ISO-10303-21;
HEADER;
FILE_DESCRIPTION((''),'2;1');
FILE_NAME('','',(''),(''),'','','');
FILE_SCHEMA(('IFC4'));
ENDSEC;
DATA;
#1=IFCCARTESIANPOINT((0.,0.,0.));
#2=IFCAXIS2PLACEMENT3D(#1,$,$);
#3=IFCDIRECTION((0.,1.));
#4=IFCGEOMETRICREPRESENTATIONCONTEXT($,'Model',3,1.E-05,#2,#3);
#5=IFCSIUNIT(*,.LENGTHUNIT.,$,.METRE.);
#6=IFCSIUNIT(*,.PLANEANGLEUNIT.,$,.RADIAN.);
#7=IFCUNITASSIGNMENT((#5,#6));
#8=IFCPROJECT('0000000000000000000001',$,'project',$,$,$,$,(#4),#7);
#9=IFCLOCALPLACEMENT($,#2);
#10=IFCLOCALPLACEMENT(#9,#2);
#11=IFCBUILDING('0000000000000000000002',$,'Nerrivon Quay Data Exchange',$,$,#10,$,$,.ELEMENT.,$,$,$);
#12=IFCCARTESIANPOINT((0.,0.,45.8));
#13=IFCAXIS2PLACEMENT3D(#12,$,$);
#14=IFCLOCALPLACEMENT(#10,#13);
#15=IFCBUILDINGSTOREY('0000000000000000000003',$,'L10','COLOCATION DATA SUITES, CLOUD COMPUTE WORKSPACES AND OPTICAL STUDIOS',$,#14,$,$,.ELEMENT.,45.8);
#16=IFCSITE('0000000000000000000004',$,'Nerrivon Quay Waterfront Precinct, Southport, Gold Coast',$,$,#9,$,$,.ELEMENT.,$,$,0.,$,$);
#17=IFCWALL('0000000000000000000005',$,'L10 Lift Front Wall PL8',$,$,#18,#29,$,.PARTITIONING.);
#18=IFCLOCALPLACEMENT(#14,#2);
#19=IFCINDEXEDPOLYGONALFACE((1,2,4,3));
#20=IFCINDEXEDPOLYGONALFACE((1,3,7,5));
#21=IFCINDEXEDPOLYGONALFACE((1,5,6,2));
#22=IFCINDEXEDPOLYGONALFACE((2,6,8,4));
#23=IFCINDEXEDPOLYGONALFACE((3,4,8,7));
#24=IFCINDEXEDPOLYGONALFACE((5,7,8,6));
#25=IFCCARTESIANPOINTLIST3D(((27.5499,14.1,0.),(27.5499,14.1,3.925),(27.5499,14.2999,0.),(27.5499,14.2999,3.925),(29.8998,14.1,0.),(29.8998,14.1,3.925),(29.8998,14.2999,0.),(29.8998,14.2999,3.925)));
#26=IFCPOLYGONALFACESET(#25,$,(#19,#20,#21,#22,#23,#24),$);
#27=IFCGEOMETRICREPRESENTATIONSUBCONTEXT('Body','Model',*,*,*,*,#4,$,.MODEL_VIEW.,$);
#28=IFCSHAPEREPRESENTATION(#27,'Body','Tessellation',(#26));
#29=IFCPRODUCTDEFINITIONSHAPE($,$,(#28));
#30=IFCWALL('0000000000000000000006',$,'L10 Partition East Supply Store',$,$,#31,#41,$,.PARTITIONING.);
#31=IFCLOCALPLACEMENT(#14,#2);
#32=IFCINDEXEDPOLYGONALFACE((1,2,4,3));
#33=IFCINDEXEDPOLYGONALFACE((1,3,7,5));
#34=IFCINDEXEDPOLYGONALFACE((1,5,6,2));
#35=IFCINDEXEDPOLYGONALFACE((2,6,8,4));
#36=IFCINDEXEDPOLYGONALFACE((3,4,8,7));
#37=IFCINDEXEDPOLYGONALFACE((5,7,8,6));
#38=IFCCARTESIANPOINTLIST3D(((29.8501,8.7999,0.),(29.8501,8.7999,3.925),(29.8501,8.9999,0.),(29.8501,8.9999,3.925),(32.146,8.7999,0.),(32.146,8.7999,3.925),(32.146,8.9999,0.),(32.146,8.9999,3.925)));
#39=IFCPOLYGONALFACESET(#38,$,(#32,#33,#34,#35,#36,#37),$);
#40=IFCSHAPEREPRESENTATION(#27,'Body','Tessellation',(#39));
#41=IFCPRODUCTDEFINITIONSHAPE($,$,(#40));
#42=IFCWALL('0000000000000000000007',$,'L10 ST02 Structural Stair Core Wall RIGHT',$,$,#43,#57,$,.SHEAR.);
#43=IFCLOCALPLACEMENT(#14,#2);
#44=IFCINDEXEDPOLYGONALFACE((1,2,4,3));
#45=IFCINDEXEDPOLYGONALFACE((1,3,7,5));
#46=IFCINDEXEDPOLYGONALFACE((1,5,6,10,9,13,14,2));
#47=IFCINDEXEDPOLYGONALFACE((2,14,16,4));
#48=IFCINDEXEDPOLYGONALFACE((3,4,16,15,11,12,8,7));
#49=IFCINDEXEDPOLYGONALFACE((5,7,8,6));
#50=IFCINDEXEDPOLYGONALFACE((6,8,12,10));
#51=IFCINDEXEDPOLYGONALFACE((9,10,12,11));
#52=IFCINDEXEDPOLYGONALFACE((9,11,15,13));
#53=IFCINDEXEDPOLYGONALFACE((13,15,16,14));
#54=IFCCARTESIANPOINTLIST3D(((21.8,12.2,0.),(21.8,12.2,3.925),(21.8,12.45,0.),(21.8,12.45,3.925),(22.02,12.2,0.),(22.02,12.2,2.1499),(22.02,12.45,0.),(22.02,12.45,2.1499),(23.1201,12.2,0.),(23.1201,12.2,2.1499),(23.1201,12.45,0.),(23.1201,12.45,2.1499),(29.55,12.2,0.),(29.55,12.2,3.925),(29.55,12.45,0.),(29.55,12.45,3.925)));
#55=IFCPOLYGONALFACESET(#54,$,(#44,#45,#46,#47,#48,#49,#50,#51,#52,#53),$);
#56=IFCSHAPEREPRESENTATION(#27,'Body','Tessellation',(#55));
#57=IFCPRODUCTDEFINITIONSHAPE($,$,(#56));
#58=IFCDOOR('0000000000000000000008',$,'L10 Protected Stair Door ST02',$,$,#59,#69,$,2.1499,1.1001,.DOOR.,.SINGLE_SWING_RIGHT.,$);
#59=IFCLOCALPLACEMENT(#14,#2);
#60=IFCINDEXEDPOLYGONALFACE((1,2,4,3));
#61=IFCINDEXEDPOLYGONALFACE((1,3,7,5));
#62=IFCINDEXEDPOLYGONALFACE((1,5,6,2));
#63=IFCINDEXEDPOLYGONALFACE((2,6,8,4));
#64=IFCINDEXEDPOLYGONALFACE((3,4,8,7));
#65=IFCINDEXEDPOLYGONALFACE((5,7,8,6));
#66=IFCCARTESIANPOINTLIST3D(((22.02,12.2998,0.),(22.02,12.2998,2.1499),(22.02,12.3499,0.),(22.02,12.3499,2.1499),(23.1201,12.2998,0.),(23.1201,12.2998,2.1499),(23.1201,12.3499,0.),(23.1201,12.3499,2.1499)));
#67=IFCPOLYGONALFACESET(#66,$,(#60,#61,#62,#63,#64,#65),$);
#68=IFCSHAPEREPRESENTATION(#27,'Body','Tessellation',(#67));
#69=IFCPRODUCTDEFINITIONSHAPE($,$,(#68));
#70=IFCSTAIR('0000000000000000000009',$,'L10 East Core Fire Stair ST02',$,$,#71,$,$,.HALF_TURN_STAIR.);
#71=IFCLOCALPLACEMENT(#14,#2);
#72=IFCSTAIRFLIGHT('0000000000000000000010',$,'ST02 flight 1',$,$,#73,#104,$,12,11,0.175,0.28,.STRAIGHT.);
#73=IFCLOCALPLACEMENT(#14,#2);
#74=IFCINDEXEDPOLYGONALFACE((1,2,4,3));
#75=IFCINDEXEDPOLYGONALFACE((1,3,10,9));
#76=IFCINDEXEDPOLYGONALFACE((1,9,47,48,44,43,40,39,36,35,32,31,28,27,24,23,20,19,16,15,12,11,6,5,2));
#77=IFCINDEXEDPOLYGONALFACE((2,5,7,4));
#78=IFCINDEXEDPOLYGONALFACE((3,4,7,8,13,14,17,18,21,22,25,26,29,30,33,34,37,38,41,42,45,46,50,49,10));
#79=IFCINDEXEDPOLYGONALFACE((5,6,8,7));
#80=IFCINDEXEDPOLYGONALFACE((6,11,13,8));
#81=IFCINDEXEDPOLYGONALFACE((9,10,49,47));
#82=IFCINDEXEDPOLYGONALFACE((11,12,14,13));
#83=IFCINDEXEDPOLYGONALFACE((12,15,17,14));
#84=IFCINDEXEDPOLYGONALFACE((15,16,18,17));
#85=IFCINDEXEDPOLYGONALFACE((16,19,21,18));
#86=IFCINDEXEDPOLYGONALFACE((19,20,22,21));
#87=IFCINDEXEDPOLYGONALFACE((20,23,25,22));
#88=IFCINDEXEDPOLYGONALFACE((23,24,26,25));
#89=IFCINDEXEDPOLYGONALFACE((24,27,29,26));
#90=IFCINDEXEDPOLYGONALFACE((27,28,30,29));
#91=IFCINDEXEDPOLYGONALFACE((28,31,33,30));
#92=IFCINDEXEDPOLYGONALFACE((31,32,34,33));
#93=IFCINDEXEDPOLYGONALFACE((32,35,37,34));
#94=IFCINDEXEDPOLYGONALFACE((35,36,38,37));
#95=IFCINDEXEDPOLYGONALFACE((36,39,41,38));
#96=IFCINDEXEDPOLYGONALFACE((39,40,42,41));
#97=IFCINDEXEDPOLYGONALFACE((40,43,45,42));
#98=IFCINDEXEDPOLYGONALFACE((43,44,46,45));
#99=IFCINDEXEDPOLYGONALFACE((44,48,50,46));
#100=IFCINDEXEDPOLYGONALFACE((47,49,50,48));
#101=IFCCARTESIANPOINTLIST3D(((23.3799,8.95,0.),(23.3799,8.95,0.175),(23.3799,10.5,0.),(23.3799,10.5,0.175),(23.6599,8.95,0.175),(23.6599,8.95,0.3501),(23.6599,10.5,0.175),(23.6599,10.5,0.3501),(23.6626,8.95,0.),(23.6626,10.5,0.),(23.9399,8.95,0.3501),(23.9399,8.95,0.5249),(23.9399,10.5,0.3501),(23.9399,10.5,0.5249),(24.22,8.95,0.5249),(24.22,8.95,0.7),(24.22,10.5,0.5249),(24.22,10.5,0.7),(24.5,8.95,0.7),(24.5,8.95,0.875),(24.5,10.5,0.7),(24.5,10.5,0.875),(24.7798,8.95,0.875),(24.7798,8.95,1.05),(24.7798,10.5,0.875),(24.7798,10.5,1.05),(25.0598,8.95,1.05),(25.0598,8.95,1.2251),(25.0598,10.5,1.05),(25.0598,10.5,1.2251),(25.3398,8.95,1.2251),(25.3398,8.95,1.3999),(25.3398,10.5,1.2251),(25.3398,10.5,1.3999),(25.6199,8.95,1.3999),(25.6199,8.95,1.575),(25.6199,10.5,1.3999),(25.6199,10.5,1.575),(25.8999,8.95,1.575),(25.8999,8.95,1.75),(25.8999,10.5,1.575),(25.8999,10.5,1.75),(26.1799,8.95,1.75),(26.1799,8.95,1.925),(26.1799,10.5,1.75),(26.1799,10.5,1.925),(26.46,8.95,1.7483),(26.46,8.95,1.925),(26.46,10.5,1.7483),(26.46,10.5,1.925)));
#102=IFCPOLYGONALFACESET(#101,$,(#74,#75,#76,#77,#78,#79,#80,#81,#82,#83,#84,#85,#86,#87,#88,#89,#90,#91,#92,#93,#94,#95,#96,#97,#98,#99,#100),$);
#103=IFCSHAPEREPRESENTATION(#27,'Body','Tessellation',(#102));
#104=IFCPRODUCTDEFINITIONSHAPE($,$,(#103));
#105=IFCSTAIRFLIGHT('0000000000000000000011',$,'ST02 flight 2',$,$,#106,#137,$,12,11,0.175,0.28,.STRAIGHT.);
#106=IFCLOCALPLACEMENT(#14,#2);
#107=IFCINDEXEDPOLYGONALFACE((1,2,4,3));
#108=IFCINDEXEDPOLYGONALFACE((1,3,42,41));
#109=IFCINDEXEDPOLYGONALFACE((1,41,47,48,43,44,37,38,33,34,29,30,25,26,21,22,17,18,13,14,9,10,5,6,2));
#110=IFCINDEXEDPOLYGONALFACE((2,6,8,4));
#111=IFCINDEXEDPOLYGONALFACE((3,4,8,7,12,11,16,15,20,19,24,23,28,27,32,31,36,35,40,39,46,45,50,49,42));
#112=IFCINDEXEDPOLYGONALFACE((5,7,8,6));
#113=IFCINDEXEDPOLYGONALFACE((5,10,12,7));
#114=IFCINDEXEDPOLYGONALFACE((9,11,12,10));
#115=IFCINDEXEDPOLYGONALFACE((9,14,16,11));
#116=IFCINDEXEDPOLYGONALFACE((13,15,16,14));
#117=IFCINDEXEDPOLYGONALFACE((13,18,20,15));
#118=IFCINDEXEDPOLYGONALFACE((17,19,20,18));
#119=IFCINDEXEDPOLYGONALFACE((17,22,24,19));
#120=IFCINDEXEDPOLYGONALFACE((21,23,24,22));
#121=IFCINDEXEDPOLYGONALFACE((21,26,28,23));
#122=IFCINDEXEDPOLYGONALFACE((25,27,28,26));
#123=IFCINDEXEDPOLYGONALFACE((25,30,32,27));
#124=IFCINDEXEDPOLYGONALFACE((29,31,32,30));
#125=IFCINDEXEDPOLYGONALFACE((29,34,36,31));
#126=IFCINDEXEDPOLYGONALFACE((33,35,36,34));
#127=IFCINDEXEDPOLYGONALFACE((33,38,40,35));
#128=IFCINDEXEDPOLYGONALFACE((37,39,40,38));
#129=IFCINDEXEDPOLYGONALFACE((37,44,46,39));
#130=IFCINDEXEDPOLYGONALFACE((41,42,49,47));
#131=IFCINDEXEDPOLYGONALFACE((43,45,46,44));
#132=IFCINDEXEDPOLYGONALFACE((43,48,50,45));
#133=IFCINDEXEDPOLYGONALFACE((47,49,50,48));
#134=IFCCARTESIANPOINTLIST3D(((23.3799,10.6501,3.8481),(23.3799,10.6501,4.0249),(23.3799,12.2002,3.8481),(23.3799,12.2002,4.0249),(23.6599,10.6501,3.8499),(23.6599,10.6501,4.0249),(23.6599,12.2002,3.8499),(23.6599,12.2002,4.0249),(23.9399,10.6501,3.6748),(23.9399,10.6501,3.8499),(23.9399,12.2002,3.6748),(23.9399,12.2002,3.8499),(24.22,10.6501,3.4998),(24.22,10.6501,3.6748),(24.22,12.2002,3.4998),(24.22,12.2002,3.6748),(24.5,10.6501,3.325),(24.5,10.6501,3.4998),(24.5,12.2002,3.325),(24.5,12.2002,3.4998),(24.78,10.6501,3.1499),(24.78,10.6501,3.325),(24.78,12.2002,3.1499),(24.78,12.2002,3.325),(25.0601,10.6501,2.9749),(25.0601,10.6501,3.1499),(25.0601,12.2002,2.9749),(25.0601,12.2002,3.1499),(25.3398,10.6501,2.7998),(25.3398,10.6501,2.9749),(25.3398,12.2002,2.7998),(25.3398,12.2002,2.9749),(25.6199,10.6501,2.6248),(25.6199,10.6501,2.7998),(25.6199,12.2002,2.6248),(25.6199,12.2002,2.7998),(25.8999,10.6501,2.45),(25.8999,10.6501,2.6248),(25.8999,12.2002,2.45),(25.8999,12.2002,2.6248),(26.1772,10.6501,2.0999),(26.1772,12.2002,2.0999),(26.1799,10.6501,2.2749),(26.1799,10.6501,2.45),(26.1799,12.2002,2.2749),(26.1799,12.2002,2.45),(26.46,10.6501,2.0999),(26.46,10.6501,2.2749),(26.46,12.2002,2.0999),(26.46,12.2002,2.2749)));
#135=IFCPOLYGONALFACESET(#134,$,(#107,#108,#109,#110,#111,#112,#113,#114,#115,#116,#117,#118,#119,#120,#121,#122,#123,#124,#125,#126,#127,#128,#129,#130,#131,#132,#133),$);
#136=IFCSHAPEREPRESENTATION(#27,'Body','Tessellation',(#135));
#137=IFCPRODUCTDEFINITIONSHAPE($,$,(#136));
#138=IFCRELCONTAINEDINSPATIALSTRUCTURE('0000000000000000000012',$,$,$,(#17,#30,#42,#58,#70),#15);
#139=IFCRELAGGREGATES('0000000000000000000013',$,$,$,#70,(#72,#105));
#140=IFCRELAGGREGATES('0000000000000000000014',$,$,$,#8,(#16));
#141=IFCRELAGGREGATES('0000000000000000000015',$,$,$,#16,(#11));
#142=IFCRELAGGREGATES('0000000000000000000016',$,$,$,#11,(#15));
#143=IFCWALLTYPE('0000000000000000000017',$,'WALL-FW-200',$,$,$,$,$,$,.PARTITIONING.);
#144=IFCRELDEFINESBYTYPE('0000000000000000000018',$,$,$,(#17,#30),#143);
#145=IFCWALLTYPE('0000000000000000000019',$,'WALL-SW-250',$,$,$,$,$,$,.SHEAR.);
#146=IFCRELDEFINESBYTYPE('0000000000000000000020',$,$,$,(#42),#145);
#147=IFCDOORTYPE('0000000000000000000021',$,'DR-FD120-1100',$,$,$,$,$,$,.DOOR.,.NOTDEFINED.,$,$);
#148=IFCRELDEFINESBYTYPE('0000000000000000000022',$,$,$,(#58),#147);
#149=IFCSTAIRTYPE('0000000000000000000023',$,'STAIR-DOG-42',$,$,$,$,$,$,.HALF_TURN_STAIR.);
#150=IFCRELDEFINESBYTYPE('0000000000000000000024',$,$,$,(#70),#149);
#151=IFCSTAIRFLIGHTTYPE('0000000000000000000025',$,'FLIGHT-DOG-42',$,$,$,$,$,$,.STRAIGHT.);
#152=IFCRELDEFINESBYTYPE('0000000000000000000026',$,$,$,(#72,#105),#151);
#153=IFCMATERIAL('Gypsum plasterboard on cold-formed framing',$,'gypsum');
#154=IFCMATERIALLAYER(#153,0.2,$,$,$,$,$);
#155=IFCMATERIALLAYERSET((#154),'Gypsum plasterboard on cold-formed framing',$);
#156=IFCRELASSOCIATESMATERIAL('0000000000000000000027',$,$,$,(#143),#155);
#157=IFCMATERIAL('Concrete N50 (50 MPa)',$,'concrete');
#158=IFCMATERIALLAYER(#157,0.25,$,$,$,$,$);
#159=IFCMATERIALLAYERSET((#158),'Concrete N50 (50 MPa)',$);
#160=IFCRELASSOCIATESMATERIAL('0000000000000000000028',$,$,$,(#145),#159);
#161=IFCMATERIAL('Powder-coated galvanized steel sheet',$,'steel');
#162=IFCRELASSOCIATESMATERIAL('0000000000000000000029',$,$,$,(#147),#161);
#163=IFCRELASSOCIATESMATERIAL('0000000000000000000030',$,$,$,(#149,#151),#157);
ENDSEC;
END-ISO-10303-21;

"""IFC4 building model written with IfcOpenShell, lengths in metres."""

from ifc_helpers import new_model, si_unit, direction, frame, frame_2d, origin, place, context, subcontext, project, spatial, polyline, rectangle, outline, extrude, material, layer, layer_set, type_object, element, fill, aggregate, save


model = new_model("IFC4")

# Units and contexts
model_context = context("Model", 3, precision=1e-05, world=origin(), true_north=direction((0.0, 1.0)))
body_context = subcontext(model_context, "Body", "Model", "MODEL_VIEW")
ifc_project = project(units=[si_unit("LENGTHUNIT", "METRE"), si_unit("PLANEANGLEUNIT", "RADIAN")], contexts=[model_context])

# Site, building, storey
site_placement = place(None, origin())
site = spatial("IfcSite", under=ifc_project, at=site_placement, Name="Nerrivon Quay Waterfront Precinct, Southport, Gold Coast", CompositionType="ELEMENT", RefElevation=0.0)
building_placement = place(site_placement, origin())
building = spatial("IfcBuilding", under=site, at=building_placement, Name="Nerrivon Quay Data Exchange", CompositionType="ELEMENT")
storey_placement = place(building_placement, frame((0.0, 0.0, 45.8)))
storey = spatial("IfcBuildingStorey", under=building, at=storey_placement, Name="L10", Description="COLOCATION DATA SUITES, CLOUD COMPUTE WORKSPACES AND OPTICAL STUDIOS", CompositionType="ELEMENT", Elevation=45.8)

# Shared definitions
ifc_material_1 = material(Name="Gypsum plasterboard on cold-formed framing", Category="gypsum")
ifc_layer_1 = layer(ifc_material_1, 0.2)
ifc_layer_set_1 = layer_set([ifc_layer_1], Name="Gypsum plasterboard on cold-formed framing")
wall_type_1 = type_object("IfcWallType", Name="WALL-FW-200", PredefinedType="PARTITIONING", material=ifc_layer_set_1)

# Shared definitions
ifc_material_2 = material(Name="Powder-coated galvanized steel sheet", Category="steel")

# Walls
wall_1_placement = place(storey_placement, frame((27.55, 14.2, 0.0), z_axis=(0.0, 0.0, 1.0), x_axis=(1.0, 0.0, 0.0)))
element("IfcWall", 1, at=wall_1_placement, inside=storey, type_object=wall_type_1, Name="L10 Lift Front Wall PL8", PredefinedType="PARTITIONING", context=body_context, shape_type="SweptSolid", body=[
    extrude(rectangle(XDim=2.3499, YDim=0.2, at=frame_2d((1.1748, 0.0))), origin(), (0.0, 0.0, 1.0), 3.925),
])
wall_2_placement = place(storey_placement, frame((29.8501, 8.8999, 0.0), z_axis=(0.0, 0.0, 1.0), x_axis=(1.0, 0.0, 0.0)))
element("IfcWall", 2, at=wall_2_placement, inside=storey, type_object=wall_type_1, Name="L10 Partition East Supply Store", PredefinedType="PARTITIONING", context=body_context, shape_type="SweptSolid", body=[
    extrude(rectangle(XDim=2.2959, YDim=0.2, at=frame_2d((1.1479, 0.0))), origin(), (0.0, 0.0, 1.0), 3.925),
])

# Wall, opening, door
ifc_material_3 = material(Name="Concrete N50 (50 MPa)", Category="concrete")
ifc_layer_2 = layer(ifc_material_3, 0.25)
ifc_layer_set_2 = layer_set([ifc_layer_2], Name="Concrete N50 (50 MPa)")
wall_type_2 = type_object("IfcWallType", Name="WALL-SW-250", PredefinedType="SHEAR", material=ifc_layer_set_2)
wall_3_placement = place(storey_placement, frame((21.8, 12.325, 0.0), z_axis=(0.0, 0.0, 1.0), x_axis=(1.0, 0.0, 0.0)))
wall_3 = element("IfcWall", 3, at=wall_3_placement, inside=storey, type_object=wall_type_2, Name="L10 ST02 Structural Stair Core Wall RIGHT", PredefinedType="SHEAR", context=body_context, shape_type="SweptSolid", body=[
    extrude(rectangle(XDim=7.75, YDim=0.25, at=frame_2d((3.875, 0.0))), origin(), (0.0, 0.0, 1.0), 3.925),
])
opening_1_placement = place(wall_3_placement, frame((0.22, 0.0, 0.0)))
opening_1 = element("IfcOpeningElement", 4, at=opening_1_placement, cuts=wall_3, PredefinedType="OPENING", context=body_context, shape_type="SweptSolid", body=[
    extrude(rectangle(XDim=1.1001, YDim=2.1499, at=frame_2d((0.55, 1.075))), frame((0.0, 0.135, 0.0), z_axis=(0.0, -1.0, 0.0), x_axis=(1.0, 0.0, 0.0)), (0.0, 0.0, 1.0), 0.27),
])
door_type_1 = type_object("IfcDoorType", Name="DR-FD120-1100", OperationType="NOTDEFINED", PredefinedType="DOOR", material=ifc_material_2)
door_1_placement = place(opening_1_placement, origin())
door_1 = element("IfcDoor", 5, at=door_1_placement, inside=storey, type_object=door_type_1, Name="L10 Protected Stair Door ST02", OperationType="SINGLE_SWING_RIGHT", OverallHeight=2.1499, OverallWidth=1.1001, PredefinedType="DOOR", context=body_context, shape_type="SweptSolid", body=[
    extrude(rectangle(XDim=1.1001, YDim=2.1499, at=frame_2d((0.55, 1.075))), frame((0.0, 0.0249, 0.0), z_axis=(0.0, -1.0, 0.0), x_axis=(1.0, 0.0, 0.0)), (0.0, 0.0, 1.0), 0.05),
])
fill(opening_1, door_1)

# Stair, stair flights
stair_type = type_object("IfcStairType", Name="STAIR-DOG-42", PredefinedType="HALF_TURN_STAIR", material=ifc_material_3)
stair_placement = place(storey_placement, origin())
stair = element("IfcStair", 6, at=stair_placement, inside=storey, type_object=stair_type, Name="L10 East Core Fire Stair ST02", PredefinedType="HALF_TURN_STAIR")
stair_flight_type = type_object("IfcStairFlightType", Name="FLIGHT-DOG-42", PredefinedType="STRAIGHT", material=ifc_material_3)
stair_flight_1_placement = place(storey_placement, frame((23.3799, 9.7251, 0.0), z_axis=(0.0, 0.0, 1.0), x_axis=(1.0, 0.0, 0.0)))
stair_flight_1 = element("IfcStairFlight", 7, at=stair_flight_1_placement, type_object=stair_flight_type, Name="ST02 flight 1", NumberOfRisers=12, NumberOfTreads=11, PredefinedType="STRAIGHT", RiserHeight=0.175, TreadLength=0.28, context=body_context, shape_type="SweptSolid", body=[
    extrude(outline(polyline([(0.0, 0.0), (0.0, 0.175), (0.28, 0.175), (0.28, 0.3501), (0.5601, 0.3501), (0.5601, 0.5249), (0.8401, 0.5249), (0.8401, 0.7), (1.1201, 0.7), (1.1201, 0.875), (1.3999, 0.875), (1.3999, 1.05), (1.6799, 1.05), (1.6799, 1.2251), (1.96, 1.2251), (1.96, 1.3999), (2.24, 1.3999), (2.24, 1.575), (2.52, 1.575), (2.52, 1.75), (2.8, 1.75), (2.8, 1.925), (3.0801, 1.925), (3.0801, 2.1001), (3.0801, 1.7483), (0.2827, 0.0), (0.0, 0.0)])), frame((0.0, 0.7749, 0.0), z_axis=(0.0, -1.0, 0.0), x_axis=(1.0, 0.0, 0.0)), (0.0, 0.0, 1.0), 1.55),
])
stair_flight_2_placement = place(storey_placement, frame((26.46, 11.425, 2.0999), z_axis=(0.0, 0.0, 1.0), x_axis=(-1.0, 0.0, 0.0)))
stair_flight_2 = element("IfcStairFlight", 8, at=stair_flight_2_placement, type_object=stair_flight_type, Name="ST02 flight 2", NumberOfRisers=12, NumberOfTreads=11, PredefinedType="STRAIGHT", RiserHeight=0.175, TreadLength=0.28, context=body_context, shape_type="SweptSolid", body=[
    extrude(outline(polyline([(0.0, 0.0), (0.0, 0.175), (0.28, 0.175), (0.28, 0.3501), (0.5601, 0.3501), (0.5601, 0.5249), (0.8401, 0.5249), (0.8401, 0.7), (1.1201, 0.7), (1.1201, 0.875), (1.3999, 0.875), (1.3999, 1.05), (1.6799, 1.05), (1.6799, 1.2251), (1.96, 1.2251), (1.96, 1.3999), (2.24, 1.3999), (2.24, 1.575), (2.52, 1.575), (2.52, 1.75), (2.8, 1.75), (2.8, 1.925), (3.0801, 1.925), (3.0801, 2.1001), (3.0801, 1.7483), (0.2827, 0.0), (0.0, 0.0)])), frame((0.0, 0.7749, 0.0), z_axis=(0.0, -1.0, 0.0), x_axis=(1.0, 0.0, 0.0)), (0.0, 0.0, 1.0), 1.55),
])
aggregate(stair, [stair_flight_1, stair_flight_2])

save(model, "model.ifc")
